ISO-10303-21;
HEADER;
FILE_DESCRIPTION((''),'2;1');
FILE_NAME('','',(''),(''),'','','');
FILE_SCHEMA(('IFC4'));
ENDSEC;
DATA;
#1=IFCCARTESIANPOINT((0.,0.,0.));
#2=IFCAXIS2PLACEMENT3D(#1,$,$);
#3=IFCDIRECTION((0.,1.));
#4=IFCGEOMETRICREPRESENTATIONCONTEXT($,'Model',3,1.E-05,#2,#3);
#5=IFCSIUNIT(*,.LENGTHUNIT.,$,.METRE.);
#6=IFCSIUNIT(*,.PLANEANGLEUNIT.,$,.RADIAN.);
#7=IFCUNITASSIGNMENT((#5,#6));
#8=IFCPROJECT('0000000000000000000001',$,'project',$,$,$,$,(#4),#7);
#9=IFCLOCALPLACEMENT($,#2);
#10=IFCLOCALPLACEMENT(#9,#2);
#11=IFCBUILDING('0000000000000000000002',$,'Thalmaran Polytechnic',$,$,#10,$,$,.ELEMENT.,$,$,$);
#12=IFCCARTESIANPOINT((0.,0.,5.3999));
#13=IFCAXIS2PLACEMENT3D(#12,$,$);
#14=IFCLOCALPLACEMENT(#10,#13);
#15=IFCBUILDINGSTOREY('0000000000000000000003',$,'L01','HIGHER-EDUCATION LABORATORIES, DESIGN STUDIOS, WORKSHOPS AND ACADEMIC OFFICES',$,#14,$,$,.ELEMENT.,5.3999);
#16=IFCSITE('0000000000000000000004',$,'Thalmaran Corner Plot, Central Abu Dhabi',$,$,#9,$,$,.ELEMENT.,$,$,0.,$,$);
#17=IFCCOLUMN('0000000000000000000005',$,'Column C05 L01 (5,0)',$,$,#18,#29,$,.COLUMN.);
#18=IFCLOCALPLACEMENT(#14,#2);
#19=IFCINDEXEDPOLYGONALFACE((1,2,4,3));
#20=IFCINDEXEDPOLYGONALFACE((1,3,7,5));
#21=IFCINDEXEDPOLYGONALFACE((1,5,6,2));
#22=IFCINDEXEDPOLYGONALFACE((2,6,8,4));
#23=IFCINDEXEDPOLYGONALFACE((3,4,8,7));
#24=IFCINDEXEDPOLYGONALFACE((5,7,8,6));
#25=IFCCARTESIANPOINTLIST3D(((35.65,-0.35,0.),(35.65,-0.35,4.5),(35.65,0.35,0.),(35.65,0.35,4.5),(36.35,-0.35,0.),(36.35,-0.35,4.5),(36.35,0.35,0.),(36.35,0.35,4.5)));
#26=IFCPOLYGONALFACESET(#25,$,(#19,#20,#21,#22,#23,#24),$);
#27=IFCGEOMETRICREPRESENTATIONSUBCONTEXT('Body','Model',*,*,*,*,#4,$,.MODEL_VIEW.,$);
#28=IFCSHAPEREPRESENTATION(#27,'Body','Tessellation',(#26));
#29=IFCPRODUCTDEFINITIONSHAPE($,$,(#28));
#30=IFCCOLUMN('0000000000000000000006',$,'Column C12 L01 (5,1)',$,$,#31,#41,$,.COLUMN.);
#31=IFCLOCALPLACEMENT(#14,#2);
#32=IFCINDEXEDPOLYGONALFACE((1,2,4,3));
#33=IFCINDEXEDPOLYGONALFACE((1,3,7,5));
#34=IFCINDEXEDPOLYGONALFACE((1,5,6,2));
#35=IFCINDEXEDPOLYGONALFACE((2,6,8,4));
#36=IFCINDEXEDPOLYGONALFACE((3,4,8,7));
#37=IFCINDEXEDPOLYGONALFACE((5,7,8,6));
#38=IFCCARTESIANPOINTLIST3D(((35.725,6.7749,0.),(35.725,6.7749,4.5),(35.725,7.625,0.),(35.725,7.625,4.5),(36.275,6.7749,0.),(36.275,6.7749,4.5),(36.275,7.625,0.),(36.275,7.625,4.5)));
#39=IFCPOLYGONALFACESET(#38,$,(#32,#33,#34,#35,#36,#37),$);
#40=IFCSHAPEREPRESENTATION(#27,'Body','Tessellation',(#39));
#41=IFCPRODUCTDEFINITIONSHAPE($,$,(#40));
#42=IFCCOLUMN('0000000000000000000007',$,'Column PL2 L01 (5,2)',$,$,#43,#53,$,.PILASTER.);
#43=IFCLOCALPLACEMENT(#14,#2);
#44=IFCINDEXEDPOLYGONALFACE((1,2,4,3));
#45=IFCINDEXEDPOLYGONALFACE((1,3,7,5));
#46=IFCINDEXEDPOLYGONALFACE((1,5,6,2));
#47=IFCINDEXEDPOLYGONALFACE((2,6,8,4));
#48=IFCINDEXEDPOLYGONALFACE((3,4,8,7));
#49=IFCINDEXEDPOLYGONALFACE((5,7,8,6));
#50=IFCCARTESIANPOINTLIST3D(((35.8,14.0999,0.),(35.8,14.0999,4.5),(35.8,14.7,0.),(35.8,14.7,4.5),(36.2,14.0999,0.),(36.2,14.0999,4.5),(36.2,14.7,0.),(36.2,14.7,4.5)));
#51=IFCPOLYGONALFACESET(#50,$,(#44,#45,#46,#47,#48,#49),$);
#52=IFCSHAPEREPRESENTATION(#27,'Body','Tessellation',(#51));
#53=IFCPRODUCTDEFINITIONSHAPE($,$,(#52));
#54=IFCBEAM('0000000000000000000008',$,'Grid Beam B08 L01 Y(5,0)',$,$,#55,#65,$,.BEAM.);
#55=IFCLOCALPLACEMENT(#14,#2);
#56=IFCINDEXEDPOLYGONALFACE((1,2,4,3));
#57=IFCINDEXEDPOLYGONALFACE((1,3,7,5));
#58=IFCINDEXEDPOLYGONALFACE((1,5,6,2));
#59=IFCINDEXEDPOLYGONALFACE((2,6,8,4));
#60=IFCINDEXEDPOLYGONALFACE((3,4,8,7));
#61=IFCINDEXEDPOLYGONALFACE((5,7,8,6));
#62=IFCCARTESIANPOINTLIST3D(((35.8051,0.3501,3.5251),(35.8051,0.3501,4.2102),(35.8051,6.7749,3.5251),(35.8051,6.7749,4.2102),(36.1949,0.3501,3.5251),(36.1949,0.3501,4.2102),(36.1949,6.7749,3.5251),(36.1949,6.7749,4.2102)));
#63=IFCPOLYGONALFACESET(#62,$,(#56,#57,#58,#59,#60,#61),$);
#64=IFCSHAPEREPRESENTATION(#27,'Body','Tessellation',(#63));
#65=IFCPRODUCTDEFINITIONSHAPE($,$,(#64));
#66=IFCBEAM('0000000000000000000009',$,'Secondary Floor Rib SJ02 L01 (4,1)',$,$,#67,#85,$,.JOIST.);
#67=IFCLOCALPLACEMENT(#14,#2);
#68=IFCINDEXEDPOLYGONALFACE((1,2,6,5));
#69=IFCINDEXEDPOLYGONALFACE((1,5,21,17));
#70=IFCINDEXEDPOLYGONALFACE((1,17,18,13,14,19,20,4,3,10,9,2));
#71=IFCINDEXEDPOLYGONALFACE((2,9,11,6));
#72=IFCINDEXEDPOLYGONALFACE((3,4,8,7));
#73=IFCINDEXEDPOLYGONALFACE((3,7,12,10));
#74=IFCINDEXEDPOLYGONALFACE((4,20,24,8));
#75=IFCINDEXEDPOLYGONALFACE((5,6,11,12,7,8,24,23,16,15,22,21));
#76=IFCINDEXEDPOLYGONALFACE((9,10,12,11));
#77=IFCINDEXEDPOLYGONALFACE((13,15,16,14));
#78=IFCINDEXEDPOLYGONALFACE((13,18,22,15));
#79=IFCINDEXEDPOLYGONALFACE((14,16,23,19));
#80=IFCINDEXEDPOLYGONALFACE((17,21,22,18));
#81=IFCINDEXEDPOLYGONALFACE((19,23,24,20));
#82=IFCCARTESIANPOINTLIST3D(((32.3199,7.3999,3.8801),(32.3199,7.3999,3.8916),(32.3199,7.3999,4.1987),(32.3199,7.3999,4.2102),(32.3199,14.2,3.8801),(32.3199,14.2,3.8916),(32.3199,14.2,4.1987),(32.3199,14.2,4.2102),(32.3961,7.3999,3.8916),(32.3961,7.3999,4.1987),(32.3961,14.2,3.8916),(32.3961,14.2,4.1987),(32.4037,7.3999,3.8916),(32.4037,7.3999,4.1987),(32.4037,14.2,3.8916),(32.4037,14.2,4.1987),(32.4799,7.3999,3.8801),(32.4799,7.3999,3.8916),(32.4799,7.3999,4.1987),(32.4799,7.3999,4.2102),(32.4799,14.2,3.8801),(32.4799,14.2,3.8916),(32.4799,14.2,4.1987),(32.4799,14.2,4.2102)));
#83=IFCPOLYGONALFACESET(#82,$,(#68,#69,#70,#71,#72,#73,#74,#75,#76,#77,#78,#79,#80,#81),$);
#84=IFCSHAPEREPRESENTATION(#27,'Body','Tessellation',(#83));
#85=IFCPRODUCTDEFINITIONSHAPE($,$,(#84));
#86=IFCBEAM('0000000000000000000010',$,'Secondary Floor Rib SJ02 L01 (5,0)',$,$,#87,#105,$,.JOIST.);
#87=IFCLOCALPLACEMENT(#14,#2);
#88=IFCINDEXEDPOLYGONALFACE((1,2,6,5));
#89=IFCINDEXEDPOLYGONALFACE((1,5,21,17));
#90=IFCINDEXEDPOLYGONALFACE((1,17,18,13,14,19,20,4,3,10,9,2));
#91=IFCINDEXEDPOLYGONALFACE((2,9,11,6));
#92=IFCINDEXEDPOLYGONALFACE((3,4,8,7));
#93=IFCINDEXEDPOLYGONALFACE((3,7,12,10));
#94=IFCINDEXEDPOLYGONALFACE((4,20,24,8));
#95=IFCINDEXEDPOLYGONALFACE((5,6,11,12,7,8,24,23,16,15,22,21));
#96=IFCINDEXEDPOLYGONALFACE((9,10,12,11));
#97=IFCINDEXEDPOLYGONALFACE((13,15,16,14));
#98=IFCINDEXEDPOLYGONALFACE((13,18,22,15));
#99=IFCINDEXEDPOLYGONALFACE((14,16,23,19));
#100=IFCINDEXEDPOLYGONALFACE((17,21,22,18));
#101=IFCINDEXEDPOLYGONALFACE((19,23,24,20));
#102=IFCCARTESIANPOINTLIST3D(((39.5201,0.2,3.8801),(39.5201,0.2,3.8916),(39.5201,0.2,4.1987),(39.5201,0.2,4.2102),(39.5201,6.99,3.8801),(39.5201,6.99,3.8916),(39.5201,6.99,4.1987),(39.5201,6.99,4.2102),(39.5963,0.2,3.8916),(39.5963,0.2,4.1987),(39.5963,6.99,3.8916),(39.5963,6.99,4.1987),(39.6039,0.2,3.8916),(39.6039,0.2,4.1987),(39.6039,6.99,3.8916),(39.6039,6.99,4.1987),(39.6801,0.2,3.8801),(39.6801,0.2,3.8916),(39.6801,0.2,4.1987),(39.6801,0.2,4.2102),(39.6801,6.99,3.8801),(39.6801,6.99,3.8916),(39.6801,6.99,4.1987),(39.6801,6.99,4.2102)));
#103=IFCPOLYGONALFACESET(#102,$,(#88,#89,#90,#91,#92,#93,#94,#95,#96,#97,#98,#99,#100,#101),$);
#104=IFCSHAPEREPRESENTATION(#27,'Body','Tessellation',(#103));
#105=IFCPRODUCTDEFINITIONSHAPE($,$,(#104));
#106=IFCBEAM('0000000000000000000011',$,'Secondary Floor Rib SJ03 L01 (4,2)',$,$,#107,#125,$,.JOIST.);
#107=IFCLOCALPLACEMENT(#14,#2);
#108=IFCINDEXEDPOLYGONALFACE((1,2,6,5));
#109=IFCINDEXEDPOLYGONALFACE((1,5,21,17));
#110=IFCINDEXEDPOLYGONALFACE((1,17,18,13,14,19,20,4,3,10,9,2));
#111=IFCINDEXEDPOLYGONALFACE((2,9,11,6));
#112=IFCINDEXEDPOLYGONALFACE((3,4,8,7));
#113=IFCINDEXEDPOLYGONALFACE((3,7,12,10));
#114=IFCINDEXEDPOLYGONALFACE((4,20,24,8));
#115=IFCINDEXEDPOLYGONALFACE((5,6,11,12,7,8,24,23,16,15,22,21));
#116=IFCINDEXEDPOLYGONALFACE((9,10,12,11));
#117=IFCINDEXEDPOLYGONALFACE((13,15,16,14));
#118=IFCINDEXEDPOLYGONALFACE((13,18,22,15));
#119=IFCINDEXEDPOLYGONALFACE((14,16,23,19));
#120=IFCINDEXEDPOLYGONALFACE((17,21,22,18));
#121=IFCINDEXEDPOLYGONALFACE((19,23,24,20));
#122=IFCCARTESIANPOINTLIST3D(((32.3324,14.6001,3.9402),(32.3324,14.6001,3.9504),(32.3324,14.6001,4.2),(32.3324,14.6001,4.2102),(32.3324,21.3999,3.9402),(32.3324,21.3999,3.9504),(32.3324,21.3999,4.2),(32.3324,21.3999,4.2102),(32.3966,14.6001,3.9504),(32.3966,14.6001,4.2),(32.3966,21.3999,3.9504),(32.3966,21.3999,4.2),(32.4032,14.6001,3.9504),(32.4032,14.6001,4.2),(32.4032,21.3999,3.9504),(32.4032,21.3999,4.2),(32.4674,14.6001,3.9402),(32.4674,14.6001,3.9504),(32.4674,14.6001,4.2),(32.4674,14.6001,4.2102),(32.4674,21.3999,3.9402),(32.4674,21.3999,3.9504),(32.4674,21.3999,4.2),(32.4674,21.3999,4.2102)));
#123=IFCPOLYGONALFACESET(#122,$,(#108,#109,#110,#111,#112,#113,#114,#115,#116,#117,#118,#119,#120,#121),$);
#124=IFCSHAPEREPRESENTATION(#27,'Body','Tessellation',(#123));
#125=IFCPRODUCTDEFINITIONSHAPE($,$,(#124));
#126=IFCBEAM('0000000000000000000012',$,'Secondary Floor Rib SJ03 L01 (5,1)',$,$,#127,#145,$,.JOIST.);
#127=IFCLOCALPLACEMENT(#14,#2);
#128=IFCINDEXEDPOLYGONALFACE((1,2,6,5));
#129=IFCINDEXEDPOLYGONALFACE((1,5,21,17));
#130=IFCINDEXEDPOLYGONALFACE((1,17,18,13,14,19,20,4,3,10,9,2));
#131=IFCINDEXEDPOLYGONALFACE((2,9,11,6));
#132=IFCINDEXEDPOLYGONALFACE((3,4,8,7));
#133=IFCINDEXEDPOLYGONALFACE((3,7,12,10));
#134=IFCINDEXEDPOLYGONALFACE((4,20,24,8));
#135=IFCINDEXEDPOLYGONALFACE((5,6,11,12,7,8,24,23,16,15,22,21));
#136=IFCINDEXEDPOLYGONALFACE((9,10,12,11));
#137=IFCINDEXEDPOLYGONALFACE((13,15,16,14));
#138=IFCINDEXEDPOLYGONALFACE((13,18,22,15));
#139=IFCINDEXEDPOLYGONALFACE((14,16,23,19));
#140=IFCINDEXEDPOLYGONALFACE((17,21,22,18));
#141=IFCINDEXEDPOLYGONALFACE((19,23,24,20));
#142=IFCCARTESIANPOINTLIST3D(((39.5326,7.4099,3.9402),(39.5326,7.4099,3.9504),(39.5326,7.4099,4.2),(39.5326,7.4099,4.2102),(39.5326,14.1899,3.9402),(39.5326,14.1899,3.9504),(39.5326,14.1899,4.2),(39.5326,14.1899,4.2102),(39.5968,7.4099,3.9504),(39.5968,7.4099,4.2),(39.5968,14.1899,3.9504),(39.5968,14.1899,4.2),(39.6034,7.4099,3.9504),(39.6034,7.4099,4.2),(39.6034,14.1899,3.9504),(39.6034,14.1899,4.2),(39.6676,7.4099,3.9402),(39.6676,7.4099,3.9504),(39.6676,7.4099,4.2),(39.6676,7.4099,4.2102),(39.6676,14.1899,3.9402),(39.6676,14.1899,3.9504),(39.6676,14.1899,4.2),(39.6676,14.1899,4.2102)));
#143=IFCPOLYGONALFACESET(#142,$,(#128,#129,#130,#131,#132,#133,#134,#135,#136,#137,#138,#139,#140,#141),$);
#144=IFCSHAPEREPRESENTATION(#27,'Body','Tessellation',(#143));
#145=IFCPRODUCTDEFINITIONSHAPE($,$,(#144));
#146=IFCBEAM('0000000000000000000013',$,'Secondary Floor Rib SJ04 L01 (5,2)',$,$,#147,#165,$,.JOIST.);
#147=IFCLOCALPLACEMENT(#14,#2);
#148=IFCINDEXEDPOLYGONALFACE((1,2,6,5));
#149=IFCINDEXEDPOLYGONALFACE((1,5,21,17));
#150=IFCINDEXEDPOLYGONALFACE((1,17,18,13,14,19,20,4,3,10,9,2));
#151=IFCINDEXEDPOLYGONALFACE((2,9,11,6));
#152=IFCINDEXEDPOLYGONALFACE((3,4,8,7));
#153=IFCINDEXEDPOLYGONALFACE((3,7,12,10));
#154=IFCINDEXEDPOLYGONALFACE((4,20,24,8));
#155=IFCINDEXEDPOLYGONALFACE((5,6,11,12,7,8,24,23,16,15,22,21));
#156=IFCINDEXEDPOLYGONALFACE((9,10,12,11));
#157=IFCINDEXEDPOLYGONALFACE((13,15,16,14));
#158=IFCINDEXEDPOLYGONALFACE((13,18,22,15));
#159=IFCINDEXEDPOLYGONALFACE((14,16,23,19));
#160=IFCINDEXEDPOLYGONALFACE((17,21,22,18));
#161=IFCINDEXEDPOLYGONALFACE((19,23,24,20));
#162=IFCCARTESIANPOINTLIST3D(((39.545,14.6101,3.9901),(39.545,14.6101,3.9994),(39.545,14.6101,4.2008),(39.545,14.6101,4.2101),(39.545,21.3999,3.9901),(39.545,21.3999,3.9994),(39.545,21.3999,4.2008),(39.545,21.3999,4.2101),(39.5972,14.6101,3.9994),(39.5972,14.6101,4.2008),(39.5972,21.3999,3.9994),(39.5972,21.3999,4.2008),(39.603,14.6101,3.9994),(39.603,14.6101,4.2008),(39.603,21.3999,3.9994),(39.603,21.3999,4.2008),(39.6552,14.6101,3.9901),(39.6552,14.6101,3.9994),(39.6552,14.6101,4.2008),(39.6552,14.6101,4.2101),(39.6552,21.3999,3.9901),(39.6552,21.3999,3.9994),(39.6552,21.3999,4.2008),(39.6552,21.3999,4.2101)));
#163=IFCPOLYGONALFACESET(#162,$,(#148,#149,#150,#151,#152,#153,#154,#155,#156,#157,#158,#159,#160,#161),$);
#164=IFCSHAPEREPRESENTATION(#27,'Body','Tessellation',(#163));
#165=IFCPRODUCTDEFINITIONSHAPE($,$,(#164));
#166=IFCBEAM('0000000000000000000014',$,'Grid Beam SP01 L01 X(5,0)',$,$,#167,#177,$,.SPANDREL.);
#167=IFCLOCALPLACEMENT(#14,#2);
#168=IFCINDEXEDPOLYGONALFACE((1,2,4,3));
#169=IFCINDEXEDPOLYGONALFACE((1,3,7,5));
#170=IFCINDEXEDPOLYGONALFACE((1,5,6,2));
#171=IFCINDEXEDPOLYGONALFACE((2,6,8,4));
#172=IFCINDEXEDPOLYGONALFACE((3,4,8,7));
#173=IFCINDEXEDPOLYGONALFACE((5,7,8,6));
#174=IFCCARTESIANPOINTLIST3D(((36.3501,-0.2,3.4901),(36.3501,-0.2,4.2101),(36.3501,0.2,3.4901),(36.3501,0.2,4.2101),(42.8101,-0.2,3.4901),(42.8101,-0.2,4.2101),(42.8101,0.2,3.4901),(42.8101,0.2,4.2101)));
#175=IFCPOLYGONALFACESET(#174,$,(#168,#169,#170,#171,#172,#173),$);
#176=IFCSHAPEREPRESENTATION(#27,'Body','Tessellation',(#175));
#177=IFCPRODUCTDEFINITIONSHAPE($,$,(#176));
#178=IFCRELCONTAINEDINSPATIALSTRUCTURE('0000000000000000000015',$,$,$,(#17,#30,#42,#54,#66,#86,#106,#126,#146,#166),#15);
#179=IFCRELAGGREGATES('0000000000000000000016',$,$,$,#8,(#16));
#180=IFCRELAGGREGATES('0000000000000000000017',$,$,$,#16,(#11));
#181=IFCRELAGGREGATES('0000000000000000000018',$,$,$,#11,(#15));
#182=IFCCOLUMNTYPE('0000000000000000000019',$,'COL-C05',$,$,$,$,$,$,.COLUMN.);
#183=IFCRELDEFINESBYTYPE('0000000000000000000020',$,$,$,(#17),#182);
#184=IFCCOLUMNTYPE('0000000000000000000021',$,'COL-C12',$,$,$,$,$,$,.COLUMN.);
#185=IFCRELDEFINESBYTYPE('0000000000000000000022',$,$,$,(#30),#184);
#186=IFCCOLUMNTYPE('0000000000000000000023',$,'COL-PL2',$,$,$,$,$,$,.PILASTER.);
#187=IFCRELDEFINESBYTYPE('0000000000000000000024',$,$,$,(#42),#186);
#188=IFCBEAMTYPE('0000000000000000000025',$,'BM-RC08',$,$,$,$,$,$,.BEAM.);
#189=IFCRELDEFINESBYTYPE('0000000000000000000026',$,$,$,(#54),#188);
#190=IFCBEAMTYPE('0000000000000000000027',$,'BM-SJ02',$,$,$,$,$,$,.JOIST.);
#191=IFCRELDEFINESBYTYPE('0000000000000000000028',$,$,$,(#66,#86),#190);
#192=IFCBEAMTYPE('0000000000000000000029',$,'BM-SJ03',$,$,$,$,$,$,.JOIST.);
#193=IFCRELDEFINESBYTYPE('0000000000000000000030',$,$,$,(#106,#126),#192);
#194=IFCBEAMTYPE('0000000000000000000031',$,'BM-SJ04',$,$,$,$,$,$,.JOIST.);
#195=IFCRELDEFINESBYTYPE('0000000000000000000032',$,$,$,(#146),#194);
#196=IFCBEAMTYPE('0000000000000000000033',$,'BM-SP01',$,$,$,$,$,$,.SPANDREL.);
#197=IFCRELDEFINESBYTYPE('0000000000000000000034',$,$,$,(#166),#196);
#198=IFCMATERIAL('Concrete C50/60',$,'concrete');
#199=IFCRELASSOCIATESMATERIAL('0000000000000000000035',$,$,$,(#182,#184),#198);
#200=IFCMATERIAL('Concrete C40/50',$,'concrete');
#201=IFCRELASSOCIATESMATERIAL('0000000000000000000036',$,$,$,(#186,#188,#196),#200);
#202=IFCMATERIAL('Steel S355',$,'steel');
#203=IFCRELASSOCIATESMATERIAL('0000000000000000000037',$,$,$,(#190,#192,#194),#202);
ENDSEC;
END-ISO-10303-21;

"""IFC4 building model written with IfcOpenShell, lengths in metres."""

from ifc_helpers import new_model, si_unit, direction, frame, origin, origin_2d, place, context, subcontext, project, spatial, rectangle, i_section, extrude, material, material_profile, profile_set, type_object, element, save


model = new_model("IFC4")

# Units and contexts
model_context = context("Model", 3, precision=1e-05, world=origin(), true_north=direction((0.0, 1.0)))
body_context = subcontext(model_context, "Body", "Model", "MODEL_VIEW")
ifc_project = project(units=[si_unit("LENGTHUNIT", "METRE"), si_unit("PLANEANGLEUNIT", "RADIAN")], contexts=[model_context])

# Site, building, storey
site_placement = place(None, origin())
site = spatial("IfcSite", under=ifc_project, at=site_placement, Name="Thalmaran Corner Plot, Central Abu Dhabi", CompositionType="ELEMENT", RefElevation=0.0)
building_placement = place(site_placement, origin())
building = spatial("IfcBuilding", under=site, at=building_placement, Name="Thalmaran Polytechnic", CompositionType="ELEMENT")
storey_placement = place(building_placement, frame((0.0, 0.0, 5.3999)))
storey = spatial("IfcBuildingStorey", under=building, at=storey_placement, Name="L01", Description="HIGHER-EDUCATION LABORATORIES, DESIGN STUDIOS, WORKSHOPS AND ACADEMIC OFFICES", CompositionType="ELEMENT", Elevation=5.3999)

# Columns
ifc_material_1 = material(Name="Concrete C50/60", Category="concrete")
ifc_material_profile_1 = material_profile(ifc_material_1, rectangle(XDim=0.7, YDim=0.7, at=origin_2d()), Name="RC 700x700")
ifc_profile_set_1 = profile_set([ifc_material_profile_1], Name="Concrete C50/60")
column_type_1 = type_object("IfcColumnType", Name="COL-C05", PredefinedType="COLUMN", material=ifc_profile_set_1)
column_1_placement = place(storey_placement, frame((36.0, 0.0, 0.0), z_axis=(0.0, 0.0, 1.0), x_axis=(1.0, 0.0, 0.0)))
element("IfcColumn", 1, at=column_1_placement, inside=storey, type_object=column_type_1, Name="Column C05 L01 (5,0)", PredefinedType="COLUMN", context=body_context, shape_type="SweptSolid", body=[
    extrude(rectangle(XDim=0.7, YDim=0.7, at=origin_2d()), origin(), (0.0, 0.0, 1.0), 4.5),
])
ifc_material_profile_2 = material_profile(ifc_material_1, rectangle(XDim=0.55, YDim=0.8501, at=origin_2d()), Name="RC 550x850")
ifc_profile_set_2 = profile_set([ifc_material_profile_2], Name="Concrete C50/60")
column_type_2 = type_object("IfcColumnType", Name="COL-C12", PredefinedType="COLUMN", material=ifc_profile_set_2)
column_2_placement = place(storey_placement, frame((36.0, 7.2, 0.0), z_axis=(0.0, 0.0, 1.0), x_axis=(1.0, 0.0, 0.0)))
element("IfcColumn", 2, at=column_2_placement, inside=storey, type_object=column_type_2, Name="Column C12 L01 (5,1)", PredefinedType="COLUMN", context=body_context, shape_type="SweptSolid", body=[
    extrude(rectangle(XDim=0.55, YDim=0.8501, at=origin_2d()), origin(), (0.0, 0.0, 1.0), 4.5),
])
ifc_material_2 = material(Name="Concrete C40/50", Category="concrete")
ifc_material_profile_3 = material_profile(ifc_material_2, rectangle(XDim=0.3999, YDim=0.6001, at=origin_2d()), Name="RC 400x600")
ifc_profile_set_3 = profile_set([ifc_material_profile_3], Name="Concrete C40/50")
column_type_3 = type_object("IfcColumnType", Name="COL-PL2", PredefinedType="PILASTER", material=ifc_profile_set_3)
column_3_placement = place(storey_placement, frame((36.0, 14.3999, 0.0), z_axis=(0.0, 0.0, 1.0), x_axis=(1.0, 0.0, 0.0)))
element("IfcColumn", 3, at=column_3_placement, inside=storey, type_object=column_type_3, Name="Column PL2 L01 (5,2)", PredefinedType="PILASTER", context=body_context, shape_type="SweptSolid", body=[
    extrude(rectangle(XDim=0.3999, YDim=0.6001, at=origin_2d()), origin(), (0.0, 0.0, 1.0), 4.5),
])

# Beams
ifc_material_profile_4 = material_profile(ifc_material_2, rectangle(XDim=0.3899, YDim=0.6851, at=origin_2d()), Name="RC 390x685")
ifc_profile_set_4 = profile_set([ifc_material_profile_4], Name="Concrete C40/50")
beam_type_1 = type_object("IfcBeamType", Name="BM-RC08", PredefinedType="BEAM", material=ifc_profile_set_4)
beam_1_placement = place(storey_placement, frame((36.0, 0.3501, 3.8677), z_axis=(0.0, 1.0, 0.0), x_axis=(-1.0, 0.0, 0.0)))
element("IfcBeam", 4, at=beam_1_placement, inside=storey, type_object=beam_type_1, Name="Grid Beam B08 L01 Y(5,0)", PredefinedType="BEAM", context=body_context, shape_type="SweptSolid", body=[
    extrude(rectangle(XDim=0.3899, YDim=0.6851, at=origin_2d()), origin(), (0.0, 0.0, 1.0), 6.4248),
])
ifc_material_3 = material(Name="Steel S355", Category="steel")
ifc_material_profile_5 = material_profile(ifc_material_3, i_section(OverallWidth=0.1599, OverallDepth=0.3301, WebThickness=0.0076, FlangeThickness=0.0115, at=origin_2d()), Name="IPE 330")
ifc_profile_set_5 = profile_set([ifc_material_profile_5], Name="Steel S355")
beam_type_2 = type_object("IfcBeamType", Name="BM-SJ02", PredefinedType="JOIST", material=ifc_profile_set_5)
beam_2_placement = place(storey_placement, frame((32.3999, 7.3999, 4.0452), z_axis=(0.0, 1.0, 0.0), x_axis=(-1.0, 0.0, 0.0)))
element("IfcBeam", 5, at=beam_2_placement, inside=storey, type_object=beam_type_2, Name="Secondary Floor Rib SJ02 L01 (4,1)", PredefinedType="JOIST", context=body_context, shape_type="SweptSolid", body=[
    extrude(i_section(OverallWidth=0.1599, OverallDepth=0.3301, WebThickness=0.0076, FlangeThickness=0.0115, at=origin_2d()), origin(), (0.0, 0.0, 1.0), 6.8),
])
beam_3_placement = place(storey_placement, frame((39.6001, 0.2, 4.0452), z_axis=(0.0, 1.0, 0.0), x_axis=(-1.0, 0.0, 0.0)))
element("IfcBeam", 6, at=beam_3_placement, inside=storey, type_object=beam_type_2, Name="Secondary Floor Rib SJ02 L01 (5,0)", PredefinedType="JOIST", context=body_context, shape_type="SweptSolid", body=[
    extrude(i_section(OverallWidth=0.1599, OverallDepth=0.3301, WebThickness=0.0076, FlangeThickness=0.0115, at=origin_2d()), origin(), (0.0, 0.0, 1.0), 6.79),
])
ifc_material_profile_6 = material_profile(ifc_material_3, i_section(OverallWidth=0.135, OverallDepth=0.27, WebThickness=0.0066, FlangeThickness=0.0103, at=origin_2d()), Name="IPE 270")
ifc_profile_set_6 = profile_set([ifc_material_profile_6], Name="Steel S355")
beam_type_3 = type_object("IfcBeamType", Name="BM-SJ03", PredefinedType="JOIST", material=ifc_profile_set_6)
beam_4_placement = place(storey_placement, frame((32.3999, 14.6001, 4.0752), z_axis=(0.0, 1.0, 0.0), x_axis=(-1.0, 0.0, 0.0)))
element("IfcBeam", 7, at=beam_4_placement, inside=storey, type_object=beam_type_3, Name="Secondary Floor Rib SJ03 L01 (4,2)", PredefinedType="JOIST", context=body_context, shape_type="SweptSolid", body=[
    extrude(i_section(OverallWidth=0.135, OverallDepth=0.27, WebThickness=0.0066, FlangeThickness=0.0103, at=origin_2d()), origin(), (0.0, 0.0, 1.0), 6.7998),
])
beam_5_placement = place(storey_placement, frame((39.6001, 7.4099, 4.0752), z_axis=(0.0, 1.0, 0.0), x_axis=(-1.0, 0.0, 0.0)))
element("IfcBeam", 8, at=beam_5_placement, inside=storey, type_object=beam_type_3, Name="Secondary Floor Rib SJ03 L01 (5,1)", PredefinedType="JOIST", context=body_context, shape_type="SweptSolid", body=[
    extrude(i_section(OverallWidth=0.135, OverallDepth=0.27, WebThickness=0.0066, FlangeThickness=0.0103, at=origin_2d()), origin(), (0.0, 0.0, 1.0), 6.78),
])
ifc_material_profile_7 = material_profile(ifc_material_3, i_section(OverallWidth=0.1101, OverallDepth=0.22, WebThickness=0.0059, FlangeThickness=0.0093, at=origin_2d()), Name="IPE 220")
ifc_profile_set_7 = profile_set([ifc_material_profile_7], Name="Steel S355")
beam_type_4 = type_object("IfcBeamType", Name="BM-SJ04", PredefinedType="JOIST", material=ifc_profile_set_7)
beam_6_placement = place(storey_placement, frame((39.6001, 14.6101, 4.1001), z_axis=(0.0, 1.0, 0.0), x_axis=(-1.0, 0.0, 0.0)))
element("IfcBeam", 9, at=beam_6_placement, inside=storey, type_object=beam_type_4, Name="Secondary Floor Rib SJ04 L01 (5,2)", PredefinedType="JOIST", context=body_context, shape_type="SweptSolid", body=[
    extrude(i_section(OverallWidth=0.1101, OverallDepth=0.22, WebThickness=0.0059, FlangeThickness=0.0093, at=origin_2d()), origin(), (0.0, 0.0, 1.0), 6.7898),
])
ifc_material_profile_8 = material_profile(ifc_material_2, rectangle(XDim=0.3999, YDim=0.72, at=origin_2d()), Name="RC 400x720")
ifc_profile_set_8 = profile_set([ifc_material_profile_8], Name="Concrete C40/50")
beam_type_5 = type_object("IfcBeamType", Name="BM-SP01", PredefinedType="SPANDREL", material=ifc_profile_set_8)
beam_7_placement = place(storey_placement, frame((36.3501, 0.0, 3.8501), z_axis=(1.0, 0.0, 0.0), x_axis=(0.0, 1.0, 0.0)))
element("IfcBeam", 10, at=beam_7_placement, inside=storey, type_object=beam_type_5, Name="Grid Beam SP01 L01 X(5,0)", PredefinedType="SPANDREL", context=body_context, shape_type="SweptSolid", body=[
    extrude(rectangle(XDim=0.3999, YDim=0.72, at=origin_2d()), origin(), (0.0, 0.0, 1.0), 6.46),
])

save(model, "model.ifc")
